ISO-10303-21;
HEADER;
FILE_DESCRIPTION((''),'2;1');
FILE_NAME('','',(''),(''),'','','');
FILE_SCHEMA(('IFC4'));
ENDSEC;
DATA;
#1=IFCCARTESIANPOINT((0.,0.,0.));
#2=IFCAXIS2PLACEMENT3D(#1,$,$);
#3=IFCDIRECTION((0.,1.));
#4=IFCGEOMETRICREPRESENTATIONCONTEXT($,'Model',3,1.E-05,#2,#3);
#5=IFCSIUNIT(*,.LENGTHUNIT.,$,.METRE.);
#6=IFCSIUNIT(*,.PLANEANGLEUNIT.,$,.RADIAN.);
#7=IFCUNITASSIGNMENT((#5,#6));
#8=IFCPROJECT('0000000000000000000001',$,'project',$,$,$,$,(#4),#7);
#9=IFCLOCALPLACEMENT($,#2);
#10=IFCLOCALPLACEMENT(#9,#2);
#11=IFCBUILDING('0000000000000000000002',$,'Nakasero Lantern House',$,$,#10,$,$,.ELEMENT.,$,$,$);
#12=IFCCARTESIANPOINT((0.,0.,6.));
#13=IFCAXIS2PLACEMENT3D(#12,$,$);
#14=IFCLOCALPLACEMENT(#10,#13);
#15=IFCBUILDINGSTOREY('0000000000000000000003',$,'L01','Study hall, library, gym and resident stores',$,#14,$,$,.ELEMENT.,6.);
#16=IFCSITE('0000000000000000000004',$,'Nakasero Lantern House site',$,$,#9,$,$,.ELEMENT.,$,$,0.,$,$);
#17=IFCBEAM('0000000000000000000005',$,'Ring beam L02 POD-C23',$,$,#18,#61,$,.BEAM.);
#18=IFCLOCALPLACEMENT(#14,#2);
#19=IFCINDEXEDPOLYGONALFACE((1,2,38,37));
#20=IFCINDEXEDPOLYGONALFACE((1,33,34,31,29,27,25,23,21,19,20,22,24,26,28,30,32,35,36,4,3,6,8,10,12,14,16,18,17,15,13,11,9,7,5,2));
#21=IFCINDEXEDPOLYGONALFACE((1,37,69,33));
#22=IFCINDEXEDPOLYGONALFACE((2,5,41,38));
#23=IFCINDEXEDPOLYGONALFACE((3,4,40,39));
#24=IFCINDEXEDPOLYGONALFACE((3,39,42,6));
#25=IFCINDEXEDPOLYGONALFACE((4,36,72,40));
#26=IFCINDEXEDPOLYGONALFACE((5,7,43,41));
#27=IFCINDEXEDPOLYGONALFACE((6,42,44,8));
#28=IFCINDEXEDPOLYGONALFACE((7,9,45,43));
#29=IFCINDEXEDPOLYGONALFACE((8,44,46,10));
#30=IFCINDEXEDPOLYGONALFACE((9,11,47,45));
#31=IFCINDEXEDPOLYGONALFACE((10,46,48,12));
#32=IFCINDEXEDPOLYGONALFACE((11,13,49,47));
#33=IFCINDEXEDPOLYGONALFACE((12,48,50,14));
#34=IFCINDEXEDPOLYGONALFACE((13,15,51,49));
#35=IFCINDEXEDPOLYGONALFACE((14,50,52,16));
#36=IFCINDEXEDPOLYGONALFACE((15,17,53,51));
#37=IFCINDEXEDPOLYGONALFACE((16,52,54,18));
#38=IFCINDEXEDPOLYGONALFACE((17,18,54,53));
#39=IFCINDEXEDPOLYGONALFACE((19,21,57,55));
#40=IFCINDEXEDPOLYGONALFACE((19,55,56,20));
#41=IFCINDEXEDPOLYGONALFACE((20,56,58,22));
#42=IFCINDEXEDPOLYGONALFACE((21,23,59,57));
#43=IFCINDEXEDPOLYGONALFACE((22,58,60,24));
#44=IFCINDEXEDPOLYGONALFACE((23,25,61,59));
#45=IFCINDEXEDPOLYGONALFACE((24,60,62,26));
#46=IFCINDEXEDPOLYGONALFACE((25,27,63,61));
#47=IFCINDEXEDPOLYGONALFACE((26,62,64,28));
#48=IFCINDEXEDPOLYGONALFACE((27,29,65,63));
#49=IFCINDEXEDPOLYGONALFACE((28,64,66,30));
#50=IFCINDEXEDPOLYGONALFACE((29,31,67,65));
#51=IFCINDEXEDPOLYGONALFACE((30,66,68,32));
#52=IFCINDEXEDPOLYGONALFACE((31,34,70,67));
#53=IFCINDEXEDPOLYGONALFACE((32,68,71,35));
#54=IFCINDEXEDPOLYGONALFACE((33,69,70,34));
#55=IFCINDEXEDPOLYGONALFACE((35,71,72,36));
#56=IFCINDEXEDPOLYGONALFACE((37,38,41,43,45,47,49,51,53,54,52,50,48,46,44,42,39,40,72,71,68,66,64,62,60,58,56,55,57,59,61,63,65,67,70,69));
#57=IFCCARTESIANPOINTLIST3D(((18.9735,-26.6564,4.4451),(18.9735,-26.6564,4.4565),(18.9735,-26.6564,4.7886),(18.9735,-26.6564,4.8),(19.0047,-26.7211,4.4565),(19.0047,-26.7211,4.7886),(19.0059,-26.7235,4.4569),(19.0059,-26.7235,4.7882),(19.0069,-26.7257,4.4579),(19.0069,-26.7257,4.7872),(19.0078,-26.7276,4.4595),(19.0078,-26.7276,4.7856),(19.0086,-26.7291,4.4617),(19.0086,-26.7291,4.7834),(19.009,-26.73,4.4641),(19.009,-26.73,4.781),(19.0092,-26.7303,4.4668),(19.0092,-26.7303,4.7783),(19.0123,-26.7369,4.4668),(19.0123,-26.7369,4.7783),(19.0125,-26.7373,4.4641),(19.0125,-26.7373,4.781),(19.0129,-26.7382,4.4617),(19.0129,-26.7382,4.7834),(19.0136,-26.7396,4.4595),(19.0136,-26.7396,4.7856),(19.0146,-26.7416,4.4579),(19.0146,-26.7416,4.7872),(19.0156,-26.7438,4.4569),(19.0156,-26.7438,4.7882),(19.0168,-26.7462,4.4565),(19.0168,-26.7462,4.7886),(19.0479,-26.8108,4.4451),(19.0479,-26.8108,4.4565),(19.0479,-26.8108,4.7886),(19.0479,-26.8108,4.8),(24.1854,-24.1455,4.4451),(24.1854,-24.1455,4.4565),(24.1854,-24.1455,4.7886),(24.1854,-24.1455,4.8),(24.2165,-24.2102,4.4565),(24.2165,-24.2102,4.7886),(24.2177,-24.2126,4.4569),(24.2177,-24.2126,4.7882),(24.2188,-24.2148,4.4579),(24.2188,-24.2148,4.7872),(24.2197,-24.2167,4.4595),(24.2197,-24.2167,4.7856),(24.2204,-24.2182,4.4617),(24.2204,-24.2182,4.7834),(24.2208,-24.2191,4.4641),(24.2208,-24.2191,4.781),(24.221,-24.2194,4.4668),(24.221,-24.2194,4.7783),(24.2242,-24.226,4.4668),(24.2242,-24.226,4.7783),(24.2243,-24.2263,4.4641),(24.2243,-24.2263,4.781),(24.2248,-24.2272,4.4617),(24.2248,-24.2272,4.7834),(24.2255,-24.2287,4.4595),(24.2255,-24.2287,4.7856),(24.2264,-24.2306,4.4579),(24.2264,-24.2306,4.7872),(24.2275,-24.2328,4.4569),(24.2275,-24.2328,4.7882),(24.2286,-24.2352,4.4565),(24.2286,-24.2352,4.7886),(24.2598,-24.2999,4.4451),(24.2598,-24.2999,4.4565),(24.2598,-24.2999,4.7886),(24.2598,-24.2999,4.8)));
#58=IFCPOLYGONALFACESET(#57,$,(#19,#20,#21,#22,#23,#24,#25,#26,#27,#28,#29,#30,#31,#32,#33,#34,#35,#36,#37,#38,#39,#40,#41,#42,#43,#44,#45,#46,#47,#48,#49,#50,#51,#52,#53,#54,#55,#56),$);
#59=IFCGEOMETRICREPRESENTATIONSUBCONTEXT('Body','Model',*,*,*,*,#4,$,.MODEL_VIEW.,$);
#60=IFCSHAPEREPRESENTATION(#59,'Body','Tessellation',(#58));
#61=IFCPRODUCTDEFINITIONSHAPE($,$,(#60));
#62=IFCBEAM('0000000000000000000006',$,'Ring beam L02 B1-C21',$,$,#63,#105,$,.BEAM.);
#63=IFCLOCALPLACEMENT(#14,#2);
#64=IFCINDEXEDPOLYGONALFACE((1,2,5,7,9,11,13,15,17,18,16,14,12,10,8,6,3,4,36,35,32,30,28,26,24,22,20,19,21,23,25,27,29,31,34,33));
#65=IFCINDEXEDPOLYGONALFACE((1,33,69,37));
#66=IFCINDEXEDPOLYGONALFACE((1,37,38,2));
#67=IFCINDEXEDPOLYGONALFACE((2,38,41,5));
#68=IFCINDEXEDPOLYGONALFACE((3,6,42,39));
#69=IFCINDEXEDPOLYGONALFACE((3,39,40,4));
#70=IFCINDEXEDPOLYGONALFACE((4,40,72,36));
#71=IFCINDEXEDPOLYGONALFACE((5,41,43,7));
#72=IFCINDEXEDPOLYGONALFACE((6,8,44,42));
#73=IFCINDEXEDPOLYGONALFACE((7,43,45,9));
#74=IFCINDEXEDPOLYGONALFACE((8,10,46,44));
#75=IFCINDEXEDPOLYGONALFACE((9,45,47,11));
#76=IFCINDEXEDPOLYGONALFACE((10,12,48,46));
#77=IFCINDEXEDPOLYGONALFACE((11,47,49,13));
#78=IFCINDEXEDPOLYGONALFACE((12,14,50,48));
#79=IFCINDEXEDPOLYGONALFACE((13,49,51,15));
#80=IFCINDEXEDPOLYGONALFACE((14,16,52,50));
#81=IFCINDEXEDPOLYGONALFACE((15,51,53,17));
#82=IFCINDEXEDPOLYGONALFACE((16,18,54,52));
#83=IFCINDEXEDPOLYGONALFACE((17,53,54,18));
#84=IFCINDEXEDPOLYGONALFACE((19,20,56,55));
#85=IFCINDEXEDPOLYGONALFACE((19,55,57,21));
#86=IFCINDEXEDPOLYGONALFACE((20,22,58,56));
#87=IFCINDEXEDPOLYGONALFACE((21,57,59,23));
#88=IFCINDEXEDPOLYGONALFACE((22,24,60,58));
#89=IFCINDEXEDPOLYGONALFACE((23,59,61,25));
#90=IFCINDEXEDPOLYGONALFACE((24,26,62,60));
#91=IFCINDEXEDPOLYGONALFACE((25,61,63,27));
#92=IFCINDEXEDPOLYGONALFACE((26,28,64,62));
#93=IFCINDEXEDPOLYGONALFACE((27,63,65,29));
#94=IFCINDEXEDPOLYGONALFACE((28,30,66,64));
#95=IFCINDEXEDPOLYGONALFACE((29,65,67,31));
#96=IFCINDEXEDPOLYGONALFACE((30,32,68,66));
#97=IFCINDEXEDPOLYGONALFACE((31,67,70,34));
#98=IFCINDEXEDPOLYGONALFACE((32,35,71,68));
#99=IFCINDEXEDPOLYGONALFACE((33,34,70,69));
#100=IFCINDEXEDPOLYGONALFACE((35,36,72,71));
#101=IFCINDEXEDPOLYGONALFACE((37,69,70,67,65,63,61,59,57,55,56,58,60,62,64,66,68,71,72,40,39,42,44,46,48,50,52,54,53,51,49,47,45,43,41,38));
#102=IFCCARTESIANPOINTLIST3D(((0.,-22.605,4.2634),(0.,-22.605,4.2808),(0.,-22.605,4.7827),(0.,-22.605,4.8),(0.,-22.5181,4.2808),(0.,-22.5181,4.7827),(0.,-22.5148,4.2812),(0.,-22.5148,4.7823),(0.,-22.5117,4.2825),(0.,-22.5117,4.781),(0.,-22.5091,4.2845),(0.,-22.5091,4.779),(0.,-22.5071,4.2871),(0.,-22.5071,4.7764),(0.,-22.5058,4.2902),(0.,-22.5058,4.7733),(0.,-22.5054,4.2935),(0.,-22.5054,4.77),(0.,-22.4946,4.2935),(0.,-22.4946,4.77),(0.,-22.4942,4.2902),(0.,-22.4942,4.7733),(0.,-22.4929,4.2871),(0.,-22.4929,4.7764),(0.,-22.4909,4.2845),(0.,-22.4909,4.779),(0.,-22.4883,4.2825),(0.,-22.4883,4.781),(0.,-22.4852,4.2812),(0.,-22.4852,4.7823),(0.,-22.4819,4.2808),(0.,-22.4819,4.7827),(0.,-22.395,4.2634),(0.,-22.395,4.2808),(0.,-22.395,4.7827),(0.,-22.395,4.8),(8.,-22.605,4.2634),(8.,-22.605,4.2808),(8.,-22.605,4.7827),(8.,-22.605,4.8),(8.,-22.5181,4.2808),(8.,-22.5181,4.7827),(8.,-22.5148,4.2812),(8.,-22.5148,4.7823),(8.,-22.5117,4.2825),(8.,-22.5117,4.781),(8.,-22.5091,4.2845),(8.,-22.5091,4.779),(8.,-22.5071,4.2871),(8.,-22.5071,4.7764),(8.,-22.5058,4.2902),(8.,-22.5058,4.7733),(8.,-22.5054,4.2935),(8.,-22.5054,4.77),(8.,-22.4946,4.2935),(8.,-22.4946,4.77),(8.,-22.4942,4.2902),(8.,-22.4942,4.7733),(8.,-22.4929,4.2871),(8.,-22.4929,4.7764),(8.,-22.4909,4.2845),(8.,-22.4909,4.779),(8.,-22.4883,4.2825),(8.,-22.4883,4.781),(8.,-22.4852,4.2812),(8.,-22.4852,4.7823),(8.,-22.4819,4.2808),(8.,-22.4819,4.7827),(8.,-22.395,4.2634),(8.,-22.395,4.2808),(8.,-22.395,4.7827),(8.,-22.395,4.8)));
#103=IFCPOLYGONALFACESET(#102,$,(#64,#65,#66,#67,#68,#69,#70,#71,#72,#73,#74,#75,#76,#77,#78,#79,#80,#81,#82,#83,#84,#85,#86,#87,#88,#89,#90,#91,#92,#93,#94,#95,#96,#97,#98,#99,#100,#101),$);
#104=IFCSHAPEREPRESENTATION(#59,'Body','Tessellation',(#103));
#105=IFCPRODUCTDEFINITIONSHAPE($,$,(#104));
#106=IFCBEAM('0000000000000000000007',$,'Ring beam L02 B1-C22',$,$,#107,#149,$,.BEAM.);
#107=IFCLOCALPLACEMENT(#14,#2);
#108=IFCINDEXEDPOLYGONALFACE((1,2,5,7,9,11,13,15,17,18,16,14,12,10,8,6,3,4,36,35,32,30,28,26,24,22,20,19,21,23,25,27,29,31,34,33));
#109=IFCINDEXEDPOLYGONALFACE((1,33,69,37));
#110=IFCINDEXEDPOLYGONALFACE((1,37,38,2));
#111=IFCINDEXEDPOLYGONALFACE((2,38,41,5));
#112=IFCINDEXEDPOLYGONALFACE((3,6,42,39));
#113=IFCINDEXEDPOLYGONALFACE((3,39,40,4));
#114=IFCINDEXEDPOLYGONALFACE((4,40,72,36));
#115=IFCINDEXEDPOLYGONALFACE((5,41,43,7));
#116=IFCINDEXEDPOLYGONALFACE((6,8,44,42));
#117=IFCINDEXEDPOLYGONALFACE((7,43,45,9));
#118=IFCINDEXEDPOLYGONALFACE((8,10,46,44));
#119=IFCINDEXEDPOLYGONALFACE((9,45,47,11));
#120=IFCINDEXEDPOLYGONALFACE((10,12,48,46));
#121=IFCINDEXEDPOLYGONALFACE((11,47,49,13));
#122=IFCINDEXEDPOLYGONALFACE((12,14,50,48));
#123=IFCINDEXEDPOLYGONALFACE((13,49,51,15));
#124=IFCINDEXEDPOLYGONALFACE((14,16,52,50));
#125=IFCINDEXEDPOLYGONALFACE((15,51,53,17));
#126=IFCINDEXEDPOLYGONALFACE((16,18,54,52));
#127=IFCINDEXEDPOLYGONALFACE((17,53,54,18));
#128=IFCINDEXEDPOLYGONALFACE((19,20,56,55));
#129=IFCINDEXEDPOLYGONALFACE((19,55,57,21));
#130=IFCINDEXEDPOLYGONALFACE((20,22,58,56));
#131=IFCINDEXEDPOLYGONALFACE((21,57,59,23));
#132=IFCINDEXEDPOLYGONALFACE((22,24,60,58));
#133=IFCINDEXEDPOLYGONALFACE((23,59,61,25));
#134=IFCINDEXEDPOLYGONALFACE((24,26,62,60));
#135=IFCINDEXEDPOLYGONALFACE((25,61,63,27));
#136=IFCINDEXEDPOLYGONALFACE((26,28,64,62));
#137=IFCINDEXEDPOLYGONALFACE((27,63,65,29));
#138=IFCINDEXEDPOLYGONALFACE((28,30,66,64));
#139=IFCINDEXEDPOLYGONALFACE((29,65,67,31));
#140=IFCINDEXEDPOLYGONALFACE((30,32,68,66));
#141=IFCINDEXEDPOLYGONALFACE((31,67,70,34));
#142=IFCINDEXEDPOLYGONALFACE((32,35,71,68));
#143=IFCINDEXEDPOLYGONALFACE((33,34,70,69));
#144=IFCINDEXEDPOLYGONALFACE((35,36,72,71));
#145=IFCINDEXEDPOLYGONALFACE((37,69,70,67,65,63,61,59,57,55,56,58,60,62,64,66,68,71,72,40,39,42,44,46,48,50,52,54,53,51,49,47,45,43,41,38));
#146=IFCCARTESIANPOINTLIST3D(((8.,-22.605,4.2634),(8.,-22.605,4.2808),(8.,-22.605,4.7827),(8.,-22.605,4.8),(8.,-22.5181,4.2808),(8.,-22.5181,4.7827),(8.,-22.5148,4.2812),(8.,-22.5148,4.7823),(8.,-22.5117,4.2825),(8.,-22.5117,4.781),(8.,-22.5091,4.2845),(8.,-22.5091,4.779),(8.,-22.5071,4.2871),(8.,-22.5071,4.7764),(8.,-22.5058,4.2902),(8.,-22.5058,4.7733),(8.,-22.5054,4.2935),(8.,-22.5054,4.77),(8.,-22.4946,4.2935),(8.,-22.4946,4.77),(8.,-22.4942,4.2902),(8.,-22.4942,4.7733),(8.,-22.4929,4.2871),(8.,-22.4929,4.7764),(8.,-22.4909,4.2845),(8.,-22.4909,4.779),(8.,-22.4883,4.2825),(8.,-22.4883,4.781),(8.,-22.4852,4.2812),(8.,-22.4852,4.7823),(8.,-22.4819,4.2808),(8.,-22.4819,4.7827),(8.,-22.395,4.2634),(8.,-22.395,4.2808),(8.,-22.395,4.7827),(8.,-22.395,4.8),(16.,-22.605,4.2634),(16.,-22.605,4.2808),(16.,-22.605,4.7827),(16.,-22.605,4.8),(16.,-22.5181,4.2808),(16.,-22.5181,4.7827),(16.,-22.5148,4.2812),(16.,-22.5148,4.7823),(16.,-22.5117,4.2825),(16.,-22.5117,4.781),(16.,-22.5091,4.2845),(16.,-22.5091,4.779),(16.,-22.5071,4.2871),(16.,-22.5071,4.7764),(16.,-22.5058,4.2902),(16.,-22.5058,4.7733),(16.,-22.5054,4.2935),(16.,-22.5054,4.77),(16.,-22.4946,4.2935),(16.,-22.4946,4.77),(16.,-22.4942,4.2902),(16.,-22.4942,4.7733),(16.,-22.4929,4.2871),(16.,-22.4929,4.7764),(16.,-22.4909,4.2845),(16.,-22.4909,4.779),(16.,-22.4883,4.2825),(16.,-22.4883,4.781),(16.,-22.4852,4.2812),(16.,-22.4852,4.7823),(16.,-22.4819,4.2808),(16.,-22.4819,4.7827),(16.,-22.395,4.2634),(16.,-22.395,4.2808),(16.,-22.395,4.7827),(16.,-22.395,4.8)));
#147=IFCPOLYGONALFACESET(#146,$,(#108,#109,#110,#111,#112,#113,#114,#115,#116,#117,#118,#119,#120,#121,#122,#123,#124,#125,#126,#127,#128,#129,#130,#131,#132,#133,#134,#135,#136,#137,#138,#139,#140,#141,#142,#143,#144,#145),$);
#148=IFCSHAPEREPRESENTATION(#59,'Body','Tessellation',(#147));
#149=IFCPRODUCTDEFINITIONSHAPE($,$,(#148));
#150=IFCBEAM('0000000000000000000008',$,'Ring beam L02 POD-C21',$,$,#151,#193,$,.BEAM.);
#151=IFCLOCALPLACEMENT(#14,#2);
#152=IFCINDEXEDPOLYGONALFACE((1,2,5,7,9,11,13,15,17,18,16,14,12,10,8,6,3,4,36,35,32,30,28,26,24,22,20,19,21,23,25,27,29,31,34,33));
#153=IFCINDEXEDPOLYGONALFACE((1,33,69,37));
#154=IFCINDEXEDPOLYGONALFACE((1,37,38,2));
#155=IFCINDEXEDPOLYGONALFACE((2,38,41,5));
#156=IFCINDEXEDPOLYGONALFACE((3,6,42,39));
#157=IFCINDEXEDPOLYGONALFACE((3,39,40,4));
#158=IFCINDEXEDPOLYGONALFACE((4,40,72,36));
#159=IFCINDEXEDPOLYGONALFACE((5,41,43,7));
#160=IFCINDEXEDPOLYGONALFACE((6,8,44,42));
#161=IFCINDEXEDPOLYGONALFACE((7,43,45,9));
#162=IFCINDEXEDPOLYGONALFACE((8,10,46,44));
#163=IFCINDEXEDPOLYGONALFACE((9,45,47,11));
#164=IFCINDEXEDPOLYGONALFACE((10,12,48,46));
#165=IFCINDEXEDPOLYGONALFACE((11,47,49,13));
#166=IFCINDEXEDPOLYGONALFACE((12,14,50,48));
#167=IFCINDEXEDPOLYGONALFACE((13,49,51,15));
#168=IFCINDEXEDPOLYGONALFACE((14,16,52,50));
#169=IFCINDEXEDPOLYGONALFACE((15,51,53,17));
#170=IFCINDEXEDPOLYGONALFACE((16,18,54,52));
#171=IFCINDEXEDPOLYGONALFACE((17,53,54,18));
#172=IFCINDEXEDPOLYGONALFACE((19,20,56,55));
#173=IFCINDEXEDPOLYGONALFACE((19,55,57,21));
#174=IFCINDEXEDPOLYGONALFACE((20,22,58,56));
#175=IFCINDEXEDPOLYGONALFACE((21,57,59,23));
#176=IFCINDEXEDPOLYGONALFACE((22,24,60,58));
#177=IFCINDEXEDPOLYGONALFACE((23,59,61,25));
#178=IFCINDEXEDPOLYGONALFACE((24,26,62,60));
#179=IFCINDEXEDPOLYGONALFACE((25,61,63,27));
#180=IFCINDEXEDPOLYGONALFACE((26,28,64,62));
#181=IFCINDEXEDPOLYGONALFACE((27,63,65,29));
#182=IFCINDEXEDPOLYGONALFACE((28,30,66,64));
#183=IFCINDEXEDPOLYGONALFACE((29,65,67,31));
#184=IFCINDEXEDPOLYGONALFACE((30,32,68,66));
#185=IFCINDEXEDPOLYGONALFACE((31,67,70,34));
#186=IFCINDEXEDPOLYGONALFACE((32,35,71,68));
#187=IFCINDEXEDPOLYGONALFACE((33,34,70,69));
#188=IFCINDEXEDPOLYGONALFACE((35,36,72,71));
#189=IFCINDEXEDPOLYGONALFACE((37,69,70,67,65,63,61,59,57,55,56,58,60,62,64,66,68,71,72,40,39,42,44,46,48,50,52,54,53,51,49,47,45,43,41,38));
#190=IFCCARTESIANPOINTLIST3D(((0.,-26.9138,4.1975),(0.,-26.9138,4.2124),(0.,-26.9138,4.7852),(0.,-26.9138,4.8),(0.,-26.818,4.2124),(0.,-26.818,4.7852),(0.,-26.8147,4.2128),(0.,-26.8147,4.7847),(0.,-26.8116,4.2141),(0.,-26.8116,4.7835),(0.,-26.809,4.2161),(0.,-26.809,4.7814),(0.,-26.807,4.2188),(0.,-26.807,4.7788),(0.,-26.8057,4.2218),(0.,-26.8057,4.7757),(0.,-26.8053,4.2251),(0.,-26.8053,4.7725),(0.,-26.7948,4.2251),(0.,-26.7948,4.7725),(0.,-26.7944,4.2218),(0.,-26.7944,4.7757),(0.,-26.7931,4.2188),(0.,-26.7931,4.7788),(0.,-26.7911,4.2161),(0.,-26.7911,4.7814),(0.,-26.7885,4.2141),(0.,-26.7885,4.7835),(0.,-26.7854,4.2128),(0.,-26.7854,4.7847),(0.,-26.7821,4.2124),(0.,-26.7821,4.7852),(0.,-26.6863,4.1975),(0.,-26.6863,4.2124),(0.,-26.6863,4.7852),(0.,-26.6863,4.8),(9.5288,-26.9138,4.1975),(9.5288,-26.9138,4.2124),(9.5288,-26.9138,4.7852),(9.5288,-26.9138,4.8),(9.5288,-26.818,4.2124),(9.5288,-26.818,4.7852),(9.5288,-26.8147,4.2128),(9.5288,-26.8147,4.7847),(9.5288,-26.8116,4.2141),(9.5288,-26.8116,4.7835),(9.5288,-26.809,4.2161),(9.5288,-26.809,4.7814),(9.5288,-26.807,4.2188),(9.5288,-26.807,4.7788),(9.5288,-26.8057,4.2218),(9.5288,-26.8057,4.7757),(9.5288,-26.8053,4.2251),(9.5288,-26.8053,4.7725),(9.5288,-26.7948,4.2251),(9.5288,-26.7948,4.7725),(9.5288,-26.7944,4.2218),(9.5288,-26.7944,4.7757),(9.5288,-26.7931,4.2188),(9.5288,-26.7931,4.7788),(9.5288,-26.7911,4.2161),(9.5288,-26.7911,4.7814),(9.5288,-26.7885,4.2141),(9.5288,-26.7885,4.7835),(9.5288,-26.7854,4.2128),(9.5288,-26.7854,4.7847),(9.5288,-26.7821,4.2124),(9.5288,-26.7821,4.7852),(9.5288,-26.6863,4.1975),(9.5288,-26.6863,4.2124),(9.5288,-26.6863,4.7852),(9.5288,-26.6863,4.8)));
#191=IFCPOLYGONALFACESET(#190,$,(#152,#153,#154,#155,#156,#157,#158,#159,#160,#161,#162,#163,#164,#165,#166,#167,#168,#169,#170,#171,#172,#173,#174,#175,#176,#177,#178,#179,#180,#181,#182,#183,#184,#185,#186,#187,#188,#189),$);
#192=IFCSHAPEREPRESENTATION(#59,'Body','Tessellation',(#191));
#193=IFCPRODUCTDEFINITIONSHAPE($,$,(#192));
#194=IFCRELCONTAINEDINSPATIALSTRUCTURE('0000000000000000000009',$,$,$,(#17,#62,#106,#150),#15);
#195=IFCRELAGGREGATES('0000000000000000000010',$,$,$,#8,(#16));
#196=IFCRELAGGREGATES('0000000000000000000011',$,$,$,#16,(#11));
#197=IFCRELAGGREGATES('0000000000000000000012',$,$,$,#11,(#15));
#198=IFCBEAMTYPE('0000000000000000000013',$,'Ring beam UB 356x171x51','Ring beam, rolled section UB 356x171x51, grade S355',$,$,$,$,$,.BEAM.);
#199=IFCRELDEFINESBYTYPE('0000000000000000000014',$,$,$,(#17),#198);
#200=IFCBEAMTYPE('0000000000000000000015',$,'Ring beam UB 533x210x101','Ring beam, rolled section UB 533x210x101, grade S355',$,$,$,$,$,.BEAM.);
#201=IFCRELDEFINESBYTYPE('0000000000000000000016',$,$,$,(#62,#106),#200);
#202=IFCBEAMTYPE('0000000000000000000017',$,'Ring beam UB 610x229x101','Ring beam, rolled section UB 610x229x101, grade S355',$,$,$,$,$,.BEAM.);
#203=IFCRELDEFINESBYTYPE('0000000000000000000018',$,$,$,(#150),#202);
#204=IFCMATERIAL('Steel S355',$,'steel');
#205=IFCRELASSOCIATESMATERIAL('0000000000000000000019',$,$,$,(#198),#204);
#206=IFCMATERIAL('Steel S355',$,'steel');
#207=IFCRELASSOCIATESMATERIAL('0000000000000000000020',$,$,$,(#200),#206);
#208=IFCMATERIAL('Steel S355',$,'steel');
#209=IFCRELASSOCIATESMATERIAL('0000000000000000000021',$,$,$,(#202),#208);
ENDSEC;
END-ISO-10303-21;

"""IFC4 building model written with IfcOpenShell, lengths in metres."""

from ifc_helpers import new_model, si_unit, direction, frame, origin, origin_2d, place, context, subcontext, project, spatial, i_section, extrude, material, material_profile, profile_set, type_object, element, save


model = new_model("IFC4")

# Units and contexts
model_context = context("Model", 3, precision=1e-05, world=origin(), true_north=direction((0.0, 1.0)))
body_context = subcontext(model_context, "Body", "Model", "MODEL_VIEW")
ifc_project = project(units=[si_unit("LENGTHUNIT", "METRE"), si_unit("PLANEANGLEUNIT", "RADIAN")], contexts=[model_context])

# Site, building, storey
site_placement = place(None, origin())
site = spatial("IfcSite", under=ifc_project, at=site_placement, Name="Nakasero Lantern House site", CompositionType="ELEMENT", RefElevation=0.0)
building_placement = place(site_placement, origin())
building = spatial("IfcBuilding", under=site, at=building_placement, Name="Nakasero Lantern House", CompositionType="ELEMENT")
storey_placement = place(building_placement, frame((0.0, 0.0, 6.0)))
storey = spatial("IfcBuildingStorey", under=building, at=storey_placement, Name="L01", Description="Study hall, library, gym and resident stores", CompositionType="ELEMENT", Elevation=6.0)

# Beams
ifc_material_1 = material(Name="Steel S355", Category="steel")
ifc_material_profile_1 = material_profile(ifc_material_1, i_section(OverallWidth=0.1714, OverallDepth=0.355, WebThickness=0.0073, FlangeThickness=0.0115, FilletRadius=0.0103, at=origin_2d()), Name="UB 356x171x51")
ifc_profile_set_1 = profile_set([ifc_material_profile_1], Name="Steel S355")
beam_type_1 = type_object("IfcBeamType", Name="Ring beam UB 356x171x51", Description="Ring beam, rolled section UB 356x171x51, grade S355", PredefinedType="BEAM", material=ifc_profile_set_1)
beam_1_placement = place(storey_placement, frame((19.0107, -26.7336, 4.6226), z_axis=(0.900897, 0.434033, 0.0), x_axis=(-0.434033, 0.900897, 0.0)))
element("IfcBeam", 1, at=beam_1_placement, inside=storey, type_object=beam_type_1, Name="Ring beam L02 POD-C23", PredefinedType="BEAM", context=body_context, shape_type="SweptSolid", body=[
    extrude(i_section(OverallWidth=0.1714, OverallDepth=0.355, WebThickness=0.0073, FlangeThickness=0.0115, FilletRadius=0.0103, at=origin_2d()), origin(), (0.0, 0.0, 1.0), 5.7852),
])
ifc_material_2 = material(Name="Steel S355", Category="steel")
ifc_material_profile_2 = material_profile(ifc_material_2, i_section(OverallWidth=0.21, OverallDepth=0.5366, WebThickness=0.0107, FlangeThickness=0.0173, FilletRadius=0.0127, at=origin_2d()), Name="UB 533x210x101")
ifc_profile_set_2 = profile_set([ifc_material_profile_2], Name="Steel S355")
beam_type_2 = type_object("IfcBeamType", Name="Ring beam UB 533x210x101", Description="Ring beam, rolled section UB 533x210x101, grade S355", PredefinedType="BEAM", material=ifc_profile_set_2)
for number, where, z_axis, x_axis, name in (
    (2, (0.0, -22.5, 4.5317), (1.0, 0.0, 0.0), (0.0, 1.0, 0.0), "Ring beam L02 B1-C21"),
    (3, (8.0, -22.5, 4.5317), (1.0, 0.0, 0.0), (0.0, 1.0, 0.0), "Ring beam L02 B1-C22"),
):
    element("IfcBeam", number, at=place(storey_placement, frame(where, z_axis=z_axis, x_axis=x_axis)), inside=storey, type_object=beam_type_2, Name=name, PredefinedType="BEAM", context=body_context, shape_type="SweptSolid", body=[
        extrude(i_section(OverallWidth=0.21, OverallDepth=0.5366, WebThickness=0.0107, FlangeThickness=0.0173, FilletRadius=0.0127, at=origin_2d()), origin(), (0.0, 0.0, 1.0), 8.0),
    ])
ifc_material_3 = material(Name="Steel S355", Category="steel")
ifc_material_profile_3 = material_profile(ifc_material_3, i_section(OverallWidth=0.2275, OverallDepth=0.6025, WebThickness=0.0105, FlangeThickness=0.0149, FilletRadius=0.0127, at=origin_2d()), Name="UB 610x229x101")
ifc_profile_set_3 = profile_set([ifc_material_profile_3], Name="Steel S355")
beam_type_3 = type_object("IfcBeamType", Name="Ring beam UB 610x229x101", Description="Ring beam, rolled section UB 610x229x101, grade S355", PredefinedType="BEAM", material=ifc_profile_set_3)
beam_2_placement = place(storey_placement, frame((0.0, -26.8, 4.4988), z_axis=(1.0, 0.0, 0.0), x_axis=(0.0, 1.0, 0.0)))
element("IfcBeam", 4, at=beam_2_placement, inside=storey, type_object=beam_type_3, Name="Ring beam L02 POD-C21", PredefinedType="BEAM", context=body_context, shape_type="SweptSolid", body=[
    extrude(i_section(OverallWidth=0.2275, OverallDepth=0.6025, WebThickness=0.0105, FlangeThickness=0.0149, FilletRadius=0.0127, at=origin_2d()), origin(), (0.0, 0.0, 1.0), 9.5288),
])

save(model, "model.ifc")
